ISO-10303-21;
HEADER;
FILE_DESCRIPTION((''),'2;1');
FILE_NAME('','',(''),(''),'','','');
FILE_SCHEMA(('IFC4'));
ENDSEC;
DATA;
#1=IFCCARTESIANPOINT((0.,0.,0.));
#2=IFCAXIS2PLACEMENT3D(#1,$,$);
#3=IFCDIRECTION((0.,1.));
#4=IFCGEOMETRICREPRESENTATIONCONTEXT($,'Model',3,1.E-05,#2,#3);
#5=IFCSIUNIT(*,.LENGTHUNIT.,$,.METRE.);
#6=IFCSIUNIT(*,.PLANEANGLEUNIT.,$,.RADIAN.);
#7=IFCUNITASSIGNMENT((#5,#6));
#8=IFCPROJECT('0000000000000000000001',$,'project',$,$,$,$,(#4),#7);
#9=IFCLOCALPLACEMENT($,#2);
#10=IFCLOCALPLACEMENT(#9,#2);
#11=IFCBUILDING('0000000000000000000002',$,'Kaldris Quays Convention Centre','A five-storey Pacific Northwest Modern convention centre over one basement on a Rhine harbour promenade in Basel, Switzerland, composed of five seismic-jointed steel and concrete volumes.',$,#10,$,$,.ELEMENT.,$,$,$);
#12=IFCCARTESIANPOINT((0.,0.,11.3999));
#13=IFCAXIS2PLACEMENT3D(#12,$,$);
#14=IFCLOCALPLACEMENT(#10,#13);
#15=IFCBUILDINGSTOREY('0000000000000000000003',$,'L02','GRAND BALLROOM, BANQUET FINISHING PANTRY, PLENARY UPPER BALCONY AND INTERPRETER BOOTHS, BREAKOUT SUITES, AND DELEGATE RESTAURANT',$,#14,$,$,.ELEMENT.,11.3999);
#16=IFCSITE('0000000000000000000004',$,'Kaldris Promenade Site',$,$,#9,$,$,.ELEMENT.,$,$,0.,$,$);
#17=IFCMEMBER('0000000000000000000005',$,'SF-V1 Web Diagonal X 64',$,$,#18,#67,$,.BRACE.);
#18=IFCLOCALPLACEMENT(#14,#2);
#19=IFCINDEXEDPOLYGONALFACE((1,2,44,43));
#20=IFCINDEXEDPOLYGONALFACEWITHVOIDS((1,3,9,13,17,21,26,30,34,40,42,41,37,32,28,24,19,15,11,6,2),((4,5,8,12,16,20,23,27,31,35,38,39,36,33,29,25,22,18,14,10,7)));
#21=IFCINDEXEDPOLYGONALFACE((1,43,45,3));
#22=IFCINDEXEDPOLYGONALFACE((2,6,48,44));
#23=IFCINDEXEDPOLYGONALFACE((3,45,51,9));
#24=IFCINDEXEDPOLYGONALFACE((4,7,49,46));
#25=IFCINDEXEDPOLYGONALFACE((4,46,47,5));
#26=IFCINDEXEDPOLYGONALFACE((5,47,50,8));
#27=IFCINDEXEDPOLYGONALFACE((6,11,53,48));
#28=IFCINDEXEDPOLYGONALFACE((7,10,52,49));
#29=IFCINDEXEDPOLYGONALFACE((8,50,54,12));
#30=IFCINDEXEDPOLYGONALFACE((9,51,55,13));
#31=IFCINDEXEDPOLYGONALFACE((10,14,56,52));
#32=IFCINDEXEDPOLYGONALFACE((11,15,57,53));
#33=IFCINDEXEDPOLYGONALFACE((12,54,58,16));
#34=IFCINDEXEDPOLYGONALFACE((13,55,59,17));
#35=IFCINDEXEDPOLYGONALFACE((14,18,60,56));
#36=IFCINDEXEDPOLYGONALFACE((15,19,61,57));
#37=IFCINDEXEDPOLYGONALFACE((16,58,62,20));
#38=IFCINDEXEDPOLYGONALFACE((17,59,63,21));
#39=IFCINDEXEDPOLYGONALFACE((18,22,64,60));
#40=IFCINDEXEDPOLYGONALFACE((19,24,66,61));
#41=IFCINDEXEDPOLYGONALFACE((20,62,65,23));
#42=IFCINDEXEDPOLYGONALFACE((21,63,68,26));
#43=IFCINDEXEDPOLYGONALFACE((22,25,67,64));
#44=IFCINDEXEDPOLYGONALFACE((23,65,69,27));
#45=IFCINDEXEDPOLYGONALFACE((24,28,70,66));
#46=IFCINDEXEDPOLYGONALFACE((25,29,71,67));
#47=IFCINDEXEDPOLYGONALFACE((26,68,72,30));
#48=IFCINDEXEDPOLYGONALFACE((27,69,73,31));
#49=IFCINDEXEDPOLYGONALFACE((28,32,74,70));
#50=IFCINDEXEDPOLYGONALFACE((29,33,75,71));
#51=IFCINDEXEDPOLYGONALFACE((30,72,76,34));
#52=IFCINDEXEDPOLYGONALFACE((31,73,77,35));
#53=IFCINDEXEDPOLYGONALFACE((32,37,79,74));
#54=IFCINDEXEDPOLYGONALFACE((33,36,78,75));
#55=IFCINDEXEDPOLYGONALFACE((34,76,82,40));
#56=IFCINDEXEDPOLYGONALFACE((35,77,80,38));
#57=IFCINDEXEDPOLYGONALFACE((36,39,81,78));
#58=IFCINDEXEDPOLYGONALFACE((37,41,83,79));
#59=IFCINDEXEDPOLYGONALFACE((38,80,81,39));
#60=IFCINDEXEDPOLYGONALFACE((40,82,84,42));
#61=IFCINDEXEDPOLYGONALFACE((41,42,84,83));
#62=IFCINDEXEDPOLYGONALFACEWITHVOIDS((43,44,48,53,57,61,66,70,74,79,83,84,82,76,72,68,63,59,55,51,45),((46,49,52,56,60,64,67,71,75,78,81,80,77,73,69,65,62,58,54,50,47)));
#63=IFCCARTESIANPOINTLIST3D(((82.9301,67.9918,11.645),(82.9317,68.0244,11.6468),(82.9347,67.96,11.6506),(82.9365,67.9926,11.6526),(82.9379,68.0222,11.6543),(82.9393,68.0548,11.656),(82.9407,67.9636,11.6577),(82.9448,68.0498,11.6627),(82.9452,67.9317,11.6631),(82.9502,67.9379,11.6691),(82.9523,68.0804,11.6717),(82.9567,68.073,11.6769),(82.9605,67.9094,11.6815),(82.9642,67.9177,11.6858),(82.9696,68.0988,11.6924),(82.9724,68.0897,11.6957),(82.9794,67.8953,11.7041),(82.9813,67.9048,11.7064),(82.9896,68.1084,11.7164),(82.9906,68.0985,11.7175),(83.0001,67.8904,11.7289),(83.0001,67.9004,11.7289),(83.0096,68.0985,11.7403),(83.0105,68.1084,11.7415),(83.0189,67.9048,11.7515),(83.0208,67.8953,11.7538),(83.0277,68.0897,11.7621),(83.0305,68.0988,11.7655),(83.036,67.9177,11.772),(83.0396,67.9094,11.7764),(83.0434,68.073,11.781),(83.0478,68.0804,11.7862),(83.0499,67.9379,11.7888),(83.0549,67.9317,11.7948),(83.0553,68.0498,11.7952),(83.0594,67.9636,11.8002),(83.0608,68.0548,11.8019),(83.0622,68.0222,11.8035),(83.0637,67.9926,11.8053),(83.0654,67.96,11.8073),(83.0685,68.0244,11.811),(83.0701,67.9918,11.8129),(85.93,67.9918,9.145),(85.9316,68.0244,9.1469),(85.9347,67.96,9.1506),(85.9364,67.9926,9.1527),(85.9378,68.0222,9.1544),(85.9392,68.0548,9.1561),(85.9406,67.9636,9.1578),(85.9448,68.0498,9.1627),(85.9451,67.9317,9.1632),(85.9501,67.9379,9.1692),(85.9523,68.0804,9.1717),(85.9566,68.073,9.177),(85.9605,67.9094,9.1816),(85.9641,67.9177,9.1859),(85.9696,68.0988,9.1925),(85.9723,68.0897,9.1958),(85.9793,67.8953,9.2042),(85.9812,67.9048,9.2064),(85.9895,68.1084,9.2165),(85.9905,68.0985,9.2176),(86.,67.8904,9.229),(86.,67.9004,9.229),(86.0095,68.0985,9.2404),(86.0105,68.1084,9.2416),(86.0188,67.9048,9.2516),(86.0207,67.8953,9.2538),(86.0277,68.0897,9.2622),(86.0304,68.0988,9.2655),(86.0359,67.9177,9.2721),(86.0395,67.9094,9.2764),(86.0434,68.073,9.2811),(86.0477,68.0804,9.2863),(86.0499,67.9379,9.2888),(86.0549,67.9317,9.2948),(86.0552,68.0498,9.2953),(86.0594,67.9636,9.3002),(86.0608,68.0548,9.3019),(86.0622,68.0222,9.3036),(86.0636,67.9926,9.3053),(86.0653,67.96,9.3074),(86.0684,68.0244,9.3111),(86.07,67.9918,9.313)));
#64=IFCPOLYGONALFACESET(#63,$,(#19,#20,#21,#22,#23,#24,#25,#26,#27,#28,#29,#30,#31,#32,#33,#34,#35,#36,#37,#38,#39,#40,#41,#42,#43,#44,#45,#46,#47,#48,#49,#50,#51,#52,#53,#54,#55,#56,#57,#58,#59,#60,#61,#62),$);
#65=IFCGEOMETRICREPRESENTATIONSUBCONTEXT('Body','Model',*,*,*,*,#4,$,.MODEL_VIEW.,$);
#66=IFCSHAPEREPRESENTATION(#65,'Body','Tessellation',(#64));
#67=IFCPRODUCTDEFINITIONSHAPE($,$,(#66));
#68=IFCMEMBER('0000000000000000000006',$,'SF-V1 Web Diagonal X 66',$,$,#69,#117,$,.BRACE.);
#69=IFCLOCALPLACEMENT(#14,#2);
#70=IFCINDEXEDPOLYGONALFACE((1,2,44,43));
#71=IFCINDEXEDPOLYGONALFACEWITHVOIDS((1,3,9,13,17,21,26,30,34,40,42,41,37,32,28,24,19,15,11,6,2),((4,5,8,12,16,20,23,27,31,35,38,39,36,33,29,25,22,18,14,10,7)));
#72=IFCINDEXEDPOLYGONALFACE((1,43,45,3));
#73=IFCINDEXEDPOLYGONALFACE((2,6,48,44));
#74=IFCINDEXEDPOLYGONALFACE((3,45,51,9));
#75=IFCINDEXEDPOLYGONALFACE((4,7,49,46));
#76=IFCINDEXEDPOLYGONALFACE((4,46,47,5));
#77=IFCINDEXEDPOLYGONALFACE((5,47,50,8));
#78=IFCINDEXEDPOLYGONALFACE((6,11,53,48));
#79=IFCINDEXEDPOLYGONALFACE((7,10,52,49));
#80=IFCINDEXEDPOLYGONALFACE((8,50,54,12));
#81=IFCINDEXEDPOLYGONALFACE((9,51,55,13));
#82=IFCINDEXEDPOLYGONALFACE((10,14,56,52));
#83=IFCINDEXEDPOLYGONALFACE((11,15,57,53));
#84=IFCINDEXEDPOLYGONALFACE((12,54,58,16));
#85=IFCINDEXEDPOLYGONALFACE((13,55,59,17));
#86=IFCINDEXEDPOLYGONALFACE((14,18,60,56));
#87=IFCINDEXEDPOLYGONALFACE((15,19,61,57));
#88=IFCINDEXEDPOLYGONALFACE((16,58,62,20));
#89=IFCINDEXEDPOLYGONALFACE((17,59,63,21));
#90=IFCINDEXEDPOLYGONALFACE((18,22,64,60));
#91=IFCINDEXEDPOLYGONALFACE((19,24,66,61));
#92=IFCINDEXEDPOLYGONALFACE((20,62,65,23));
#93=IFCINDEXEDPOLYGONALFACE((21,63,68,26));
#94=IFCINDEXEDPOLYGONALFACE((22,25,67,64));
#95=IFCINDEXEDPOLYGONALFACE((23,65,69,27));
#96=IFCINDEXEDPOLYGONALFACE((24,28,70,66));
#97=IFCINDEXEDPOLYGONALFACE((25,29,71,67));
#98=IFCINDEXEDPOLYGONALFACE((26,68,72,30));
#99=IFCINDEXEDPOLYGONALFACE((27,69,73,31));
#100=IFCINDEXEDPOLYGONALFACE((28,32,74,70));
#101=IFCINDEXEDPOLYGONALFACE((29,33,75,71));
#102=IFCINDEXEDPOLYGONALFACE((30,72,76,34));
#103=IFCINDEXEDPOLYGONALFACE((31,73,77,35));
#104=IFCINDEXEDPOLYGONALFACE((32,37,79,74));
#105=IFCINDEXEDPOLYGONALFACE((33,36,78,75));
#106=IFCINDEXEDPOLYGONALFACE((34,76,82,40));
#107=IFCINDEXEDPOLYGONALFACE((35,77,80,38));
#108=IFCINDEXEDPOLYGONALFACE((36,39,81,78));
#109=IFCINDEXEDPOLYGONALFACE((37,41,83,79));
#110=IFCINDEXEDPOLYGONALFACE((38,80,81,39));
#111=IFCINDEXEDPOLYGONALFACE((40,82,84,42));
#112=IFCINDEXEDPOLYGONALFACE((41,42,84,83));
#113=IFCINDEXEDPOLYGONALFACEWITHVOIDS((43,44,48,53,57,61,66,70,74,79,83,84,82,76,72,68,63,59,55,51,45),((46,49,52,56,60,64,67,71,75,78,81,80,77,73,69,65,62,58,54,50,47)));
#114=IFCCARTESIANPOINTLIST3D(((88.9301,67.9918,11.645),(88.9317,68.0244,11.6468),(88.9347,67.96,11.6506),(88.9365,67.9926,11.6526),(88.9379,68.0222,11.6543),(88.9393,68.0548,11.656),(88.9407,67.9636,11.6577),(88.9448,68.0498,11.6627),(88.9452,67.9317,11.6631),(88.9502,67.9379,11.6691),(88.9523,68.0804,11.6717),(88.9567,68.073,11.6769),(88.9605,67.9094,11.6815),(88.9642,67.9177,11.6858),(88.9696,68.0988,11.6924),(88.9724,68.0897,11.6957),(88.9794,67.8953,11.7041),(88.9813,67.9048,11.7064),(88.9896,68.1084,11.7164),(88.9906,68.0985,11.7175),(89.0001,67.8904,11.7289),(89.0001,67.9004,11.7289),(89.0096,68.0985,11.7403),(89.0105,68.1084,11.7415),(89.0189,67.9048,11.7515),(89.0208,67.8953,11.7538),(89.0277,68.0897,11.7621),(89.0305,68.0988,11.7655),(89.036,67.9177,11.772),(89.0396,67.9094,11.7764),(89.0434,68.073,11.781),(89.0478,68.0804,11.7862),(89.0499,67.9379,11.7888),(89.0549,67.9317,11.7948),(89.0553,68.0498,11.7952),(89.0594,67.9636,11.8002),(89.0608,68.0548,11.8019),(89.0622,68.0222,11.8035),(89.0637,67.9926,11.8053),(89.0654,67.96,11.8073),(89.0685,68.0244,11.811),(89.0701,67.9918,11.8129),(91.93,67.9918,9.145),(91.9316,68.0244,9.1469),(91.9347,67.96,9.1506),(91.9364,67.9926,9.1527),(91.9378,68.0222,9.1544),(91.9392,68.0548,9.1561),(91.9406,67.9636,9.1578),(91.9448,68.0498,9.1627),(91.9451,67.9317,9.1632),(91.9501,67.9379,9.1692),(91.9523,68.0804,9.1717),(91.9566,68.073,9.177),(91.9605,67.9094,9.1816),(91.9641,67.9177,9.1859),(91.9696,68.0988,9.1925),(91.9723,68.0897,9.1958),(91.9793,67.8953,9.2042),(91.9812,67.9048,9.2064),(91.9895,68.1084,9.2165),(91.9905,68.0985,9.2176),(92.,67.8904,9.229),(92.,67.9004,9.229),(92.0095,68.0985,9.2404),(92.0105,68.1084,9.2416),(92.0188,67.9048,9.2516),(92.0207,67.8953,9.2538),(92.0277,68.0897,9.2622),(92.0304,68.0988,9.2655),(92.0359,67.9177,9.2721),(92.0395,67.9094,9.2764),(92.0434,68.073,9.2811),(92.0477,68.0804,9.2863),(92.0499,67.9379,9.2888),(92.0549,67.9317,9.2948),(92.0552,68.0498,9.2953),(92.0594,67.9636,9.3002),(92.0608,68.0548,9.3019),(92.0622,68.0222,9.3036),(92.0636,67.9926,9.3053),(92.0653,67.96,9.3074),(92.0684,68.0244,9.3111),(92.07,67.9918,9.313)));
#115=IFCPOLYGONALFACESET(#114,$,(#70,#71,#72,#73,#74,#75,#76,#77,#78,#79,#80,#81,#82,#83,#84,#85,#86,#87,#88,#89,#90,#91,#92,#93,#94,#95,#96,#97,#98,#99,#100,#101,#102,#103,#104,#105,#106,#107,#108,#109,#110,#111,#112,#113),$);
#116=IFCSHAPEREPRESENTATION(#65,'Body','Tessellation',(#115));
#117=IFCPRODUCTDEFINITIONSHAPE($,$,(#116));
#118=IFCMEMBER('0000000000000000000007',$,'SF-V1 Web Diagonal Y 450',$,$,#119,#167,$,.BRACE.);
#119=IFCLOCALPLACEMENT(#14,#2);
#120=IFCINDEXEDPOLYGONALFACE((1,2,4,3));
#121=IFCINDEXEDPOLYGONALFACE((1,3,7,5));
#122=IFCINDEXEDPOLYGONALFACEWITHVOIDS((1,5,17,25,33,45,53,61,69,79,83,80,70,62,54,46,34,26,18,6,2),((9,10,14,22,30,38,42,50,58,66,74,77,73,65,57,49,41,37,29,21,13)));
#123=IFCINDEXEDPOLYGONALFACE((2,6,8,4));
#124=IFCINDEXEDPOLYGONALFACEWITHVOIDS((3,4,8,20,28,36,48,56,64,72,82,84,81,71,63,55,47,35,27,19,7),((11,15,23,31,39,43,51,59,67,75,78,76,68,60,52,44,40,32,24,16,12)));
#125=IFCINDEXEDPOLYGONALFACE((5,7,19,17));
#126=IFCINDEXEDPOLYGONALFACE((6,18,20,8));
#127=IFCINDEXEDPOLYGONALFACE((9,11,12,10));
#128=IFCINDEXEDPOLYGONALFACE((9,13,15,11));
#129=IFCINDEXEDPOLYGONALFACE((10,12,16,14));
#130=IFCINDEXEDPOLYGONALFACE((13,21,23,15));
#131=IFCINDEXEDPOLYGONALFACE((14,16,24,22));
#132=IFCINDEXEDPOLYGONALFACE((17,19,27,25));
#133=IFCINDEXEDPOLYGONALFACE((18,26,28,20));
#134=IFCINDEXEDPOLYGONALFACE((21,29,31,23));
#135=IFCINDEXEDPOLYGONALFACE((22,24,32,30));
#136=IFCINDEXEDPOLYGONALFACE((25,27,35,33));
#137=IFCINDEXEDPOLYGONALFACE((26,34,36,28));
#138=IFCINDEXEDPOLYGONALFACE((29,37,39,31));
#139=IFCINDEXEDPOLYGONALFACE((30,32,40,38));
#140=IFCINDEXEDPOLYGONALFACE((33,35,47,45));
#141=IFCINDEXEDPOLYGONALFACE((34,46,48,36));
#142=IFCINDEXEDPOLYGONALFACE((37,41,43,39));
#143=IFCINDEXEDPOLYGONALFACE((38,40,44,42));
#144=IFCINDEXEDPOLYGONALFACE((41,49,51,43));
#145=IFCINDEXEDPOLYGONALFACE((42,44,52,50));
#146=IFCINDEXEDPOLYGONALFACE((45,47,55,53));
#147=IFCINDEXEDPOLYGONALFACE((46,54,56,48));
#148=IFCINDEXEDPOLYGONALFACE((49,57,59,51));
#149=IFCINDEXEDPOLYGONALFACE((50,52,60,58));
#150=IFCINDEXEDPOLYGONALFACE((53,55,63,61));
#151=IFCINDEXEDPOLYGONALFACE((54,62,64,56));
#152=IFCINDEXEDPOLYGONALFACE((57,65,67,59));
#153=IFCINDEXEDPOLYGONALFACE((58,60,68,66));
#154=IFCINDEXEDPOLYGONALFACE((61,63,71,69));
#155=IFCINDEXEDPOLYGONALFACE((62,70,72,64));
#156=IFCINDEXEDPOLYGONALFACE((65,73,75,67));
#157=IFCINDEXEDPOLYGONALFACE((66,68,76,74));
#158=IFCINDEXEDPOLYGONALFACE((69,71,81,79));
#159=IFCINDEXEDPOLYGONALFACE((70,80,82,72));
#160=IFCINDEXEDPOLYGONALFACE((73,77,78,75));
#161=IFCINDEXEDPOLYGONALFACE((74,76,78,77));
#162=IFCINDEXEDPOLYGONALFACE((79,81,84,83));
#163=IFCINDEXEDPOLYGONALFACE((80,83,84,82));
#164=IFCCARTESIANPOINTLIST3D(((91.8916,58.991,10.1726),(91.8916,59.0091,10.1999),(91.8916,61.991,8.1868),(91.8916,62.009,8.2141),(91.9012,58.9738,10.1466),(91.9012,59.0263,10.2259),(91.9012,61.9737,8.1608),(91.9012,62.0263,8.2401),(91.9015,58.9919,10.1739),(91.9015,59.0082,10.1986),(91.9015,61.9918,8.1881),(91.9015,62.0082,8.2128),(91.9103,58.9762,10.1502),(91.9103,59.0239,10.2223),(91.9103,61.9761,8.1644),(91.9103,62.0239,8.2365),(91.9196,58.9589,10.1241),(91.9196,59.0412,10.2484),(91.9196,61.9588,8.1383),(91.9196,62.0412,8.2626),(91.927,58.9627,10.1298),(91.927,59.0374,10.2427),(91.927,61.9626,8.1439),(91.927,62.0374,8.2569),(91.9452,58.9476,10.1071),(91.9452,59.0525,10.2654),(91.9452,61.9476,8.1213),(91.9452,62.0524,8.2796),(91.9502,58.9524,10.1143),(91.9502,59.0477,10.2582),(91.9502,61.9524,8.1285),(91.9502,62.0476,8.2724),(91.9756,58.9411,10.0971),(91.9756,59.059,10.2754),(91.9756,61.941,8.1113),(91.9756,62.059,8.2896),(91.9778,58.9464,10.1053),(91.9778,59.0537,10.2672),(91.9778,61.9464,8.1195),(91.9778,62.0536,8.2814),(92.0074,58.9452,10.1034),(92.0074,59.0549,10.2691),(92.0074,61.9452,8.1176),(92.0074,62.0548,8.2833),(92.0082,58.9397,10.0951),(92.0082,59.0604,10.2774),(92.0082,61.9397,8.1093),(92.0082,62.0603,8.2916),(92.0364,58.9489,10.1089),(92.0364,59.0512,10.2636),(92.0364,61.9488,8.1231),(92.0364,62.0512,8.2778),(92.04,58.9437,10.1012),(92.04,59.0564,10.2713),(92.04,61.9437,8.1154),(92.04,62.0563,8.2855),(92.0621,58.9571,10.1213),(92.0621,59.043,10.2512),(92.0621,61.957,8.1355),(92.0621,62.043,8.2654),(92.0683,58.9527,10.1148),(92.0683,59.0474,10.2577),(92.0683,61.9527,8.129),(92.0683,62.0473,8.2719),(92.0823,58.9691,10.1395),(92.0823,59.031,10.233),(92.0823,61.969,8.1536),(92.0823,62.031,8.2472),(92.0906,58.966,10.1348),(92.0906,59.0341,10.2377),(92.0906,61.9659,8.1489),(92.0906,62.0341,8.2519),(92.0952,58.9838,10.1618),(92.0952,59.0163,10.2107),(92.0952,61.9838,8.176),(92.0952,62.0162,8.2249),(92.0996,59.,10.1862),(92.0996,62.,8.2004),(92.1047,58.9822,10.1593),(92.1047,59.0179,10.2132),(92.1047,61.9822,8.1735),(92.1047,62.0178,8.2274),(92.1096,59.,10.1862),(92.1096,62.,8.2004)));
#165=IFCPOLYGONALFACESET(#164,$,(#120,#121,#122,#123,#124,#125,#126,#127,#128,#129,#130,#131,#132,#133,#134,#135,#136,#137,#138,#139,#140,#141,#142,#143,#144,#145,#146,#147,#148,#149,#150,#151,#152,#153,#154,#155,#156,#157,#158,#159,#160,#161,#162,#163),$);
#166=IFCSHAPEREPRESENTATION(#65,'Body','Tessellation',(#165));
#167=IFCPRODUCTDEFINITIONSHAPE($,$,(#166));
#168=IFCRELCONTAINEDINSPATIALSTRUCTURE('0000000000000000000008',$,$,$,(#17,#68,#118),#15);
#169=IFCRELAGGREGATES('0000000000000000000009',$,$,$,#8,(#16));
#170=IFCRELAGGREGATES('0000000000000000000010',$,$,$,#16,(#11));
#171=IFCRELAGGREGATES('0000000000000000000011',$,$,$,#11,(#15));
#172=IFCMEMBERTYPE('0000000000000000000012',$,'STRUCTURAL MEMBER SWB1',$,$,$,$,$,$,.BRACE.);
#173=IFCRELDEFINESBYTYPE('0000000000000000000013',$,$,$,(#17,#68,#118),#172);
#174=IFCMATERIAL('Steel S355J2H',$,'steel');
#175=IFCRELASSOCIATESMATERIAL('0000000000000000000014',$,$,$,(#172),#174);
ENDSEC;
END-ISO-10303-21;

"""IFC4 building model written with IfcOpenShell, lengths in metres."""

from ifc_helpers import new_model, si_unit, direction, frame, origin, origin_2d, place, context, subcontext, project, spatial, hollow_circle, extrude, material, material_profile, profile_set, type_object, element, save


model = new_model("IFC4")

# Units and contexts
model_context = context("Model", 3, precision=1e-05, world=origin(), true_north=direction((0.0, 1.0)))
body_context = subcontext(model_context, "Body", "Model", "MODEL_VIEW")
ifc_project = project(units=[si_unit("LENGTHUNIT", "METRE"), si_unit("PLANEANGLEUNIT", "RADIAN")], contexts=[model_context])

# Site, building, storey
site_placement = place(None, origin())
site = spatial("IfcSite", under=ifc_project, at=site_placement, Name="Kaldris Promenade Site", CompositionType="ELEMENT", RefElevation=0.0)
building_placement = place(site_placement, origin())
building = spatial("IfcBuilding", under=site, at=building_placement, Name="Kaldris Quays Convention Centre", Description="A five-storey Pacific Northwest Modern convention centre over one basement on a Rhine harbour promenade in Basel, Switzerland, composed of five seismic-jointed steel and concrete volumes.", CompositionType="ELEMENT")
storey_placement = place(building_placement, frame((0.0, 0.0, 11.3999)))
storey = spatial("IfcBuildingStorey", under=building, at=storey_placement, Name="L02", Description="GRAND BALLROOM, BANQUET FINISHING PANTRY, PLENARY UPPER BALCONY AND INTERPRETER BOOTHS, BREAKOUT SUITES, AND DELEGATE RESTAURANT", CompositionType="ELEMENT", Elevation=11.3999)

# Members
ifc_material_1 = material(Name="Steel S355J2H", Category="steel")
ifc_material_profile_1 = material_profile(ifc_material_1, hollow_circle(Radius=0.1096, WallThickness=0.01, at=origin_2d()), Name="CHS 219.1x10")
ifc_profile_set_1 = profile_set([ifc_material_profile_1], Name="Steel S355J2H")
member_type_1 = type_object("IfcMemberType", Name="STRUCTURAL MEMBER SWB1", PredefinedType="BRACE", material=ifc_profile_set_1)
for number, where, z_axis, x_axis, name in (
    (1, (86.0, 68.0, 9.229), (-0.768221, 0.0, 0.640184), (0.0, -1.0, 0.0), "SF-V1 Web Diagonal X 64"),
    (2, (92.0, 68.0, 9.229), (-0.768221, 0.0, 0.640184), (0.0, -1.0, 0.0), "SF-V1 Web Diagonal X 66"),
):
    element("IfcMember", number, at=place(storey_placement, frame(where, z_axis=z_axis, x_axis=x_axis)), inside=storey, type_object=member_type_1, Name=name, PredefinedType="BRACE", context=body_context, shape_type="SweptSolid", body=[
        extrude(hollow_circle(Radius=0.1096, WallThickness=0.01, at=origin_2d()), origin(), (0.0, 0.0, 1.0), 3.905),
    ])
member_1_placement = place(storey_placement, frame((92.0, 62.0, 8.2004), z_axis=(0.0, -0.833862, 0.551972), x_axis=(1.0, 0.0, 0.0)))
element("IfcMember", 3, at=member_1_placement, inside=storey, type_object=member_type_1, Name="SF-V1 Web Diagonal Y 450", PredefinedType="BRACE", context=body_context, shape_type="SweptSolid", body=[
    extrude(hollow_circle(Radius=0.1096, WallThickness=0.01, at=origin_2d()), origin(), (0.0, 0.0, 1.0), 3.5977),
])

save(model, "model.ifc")
